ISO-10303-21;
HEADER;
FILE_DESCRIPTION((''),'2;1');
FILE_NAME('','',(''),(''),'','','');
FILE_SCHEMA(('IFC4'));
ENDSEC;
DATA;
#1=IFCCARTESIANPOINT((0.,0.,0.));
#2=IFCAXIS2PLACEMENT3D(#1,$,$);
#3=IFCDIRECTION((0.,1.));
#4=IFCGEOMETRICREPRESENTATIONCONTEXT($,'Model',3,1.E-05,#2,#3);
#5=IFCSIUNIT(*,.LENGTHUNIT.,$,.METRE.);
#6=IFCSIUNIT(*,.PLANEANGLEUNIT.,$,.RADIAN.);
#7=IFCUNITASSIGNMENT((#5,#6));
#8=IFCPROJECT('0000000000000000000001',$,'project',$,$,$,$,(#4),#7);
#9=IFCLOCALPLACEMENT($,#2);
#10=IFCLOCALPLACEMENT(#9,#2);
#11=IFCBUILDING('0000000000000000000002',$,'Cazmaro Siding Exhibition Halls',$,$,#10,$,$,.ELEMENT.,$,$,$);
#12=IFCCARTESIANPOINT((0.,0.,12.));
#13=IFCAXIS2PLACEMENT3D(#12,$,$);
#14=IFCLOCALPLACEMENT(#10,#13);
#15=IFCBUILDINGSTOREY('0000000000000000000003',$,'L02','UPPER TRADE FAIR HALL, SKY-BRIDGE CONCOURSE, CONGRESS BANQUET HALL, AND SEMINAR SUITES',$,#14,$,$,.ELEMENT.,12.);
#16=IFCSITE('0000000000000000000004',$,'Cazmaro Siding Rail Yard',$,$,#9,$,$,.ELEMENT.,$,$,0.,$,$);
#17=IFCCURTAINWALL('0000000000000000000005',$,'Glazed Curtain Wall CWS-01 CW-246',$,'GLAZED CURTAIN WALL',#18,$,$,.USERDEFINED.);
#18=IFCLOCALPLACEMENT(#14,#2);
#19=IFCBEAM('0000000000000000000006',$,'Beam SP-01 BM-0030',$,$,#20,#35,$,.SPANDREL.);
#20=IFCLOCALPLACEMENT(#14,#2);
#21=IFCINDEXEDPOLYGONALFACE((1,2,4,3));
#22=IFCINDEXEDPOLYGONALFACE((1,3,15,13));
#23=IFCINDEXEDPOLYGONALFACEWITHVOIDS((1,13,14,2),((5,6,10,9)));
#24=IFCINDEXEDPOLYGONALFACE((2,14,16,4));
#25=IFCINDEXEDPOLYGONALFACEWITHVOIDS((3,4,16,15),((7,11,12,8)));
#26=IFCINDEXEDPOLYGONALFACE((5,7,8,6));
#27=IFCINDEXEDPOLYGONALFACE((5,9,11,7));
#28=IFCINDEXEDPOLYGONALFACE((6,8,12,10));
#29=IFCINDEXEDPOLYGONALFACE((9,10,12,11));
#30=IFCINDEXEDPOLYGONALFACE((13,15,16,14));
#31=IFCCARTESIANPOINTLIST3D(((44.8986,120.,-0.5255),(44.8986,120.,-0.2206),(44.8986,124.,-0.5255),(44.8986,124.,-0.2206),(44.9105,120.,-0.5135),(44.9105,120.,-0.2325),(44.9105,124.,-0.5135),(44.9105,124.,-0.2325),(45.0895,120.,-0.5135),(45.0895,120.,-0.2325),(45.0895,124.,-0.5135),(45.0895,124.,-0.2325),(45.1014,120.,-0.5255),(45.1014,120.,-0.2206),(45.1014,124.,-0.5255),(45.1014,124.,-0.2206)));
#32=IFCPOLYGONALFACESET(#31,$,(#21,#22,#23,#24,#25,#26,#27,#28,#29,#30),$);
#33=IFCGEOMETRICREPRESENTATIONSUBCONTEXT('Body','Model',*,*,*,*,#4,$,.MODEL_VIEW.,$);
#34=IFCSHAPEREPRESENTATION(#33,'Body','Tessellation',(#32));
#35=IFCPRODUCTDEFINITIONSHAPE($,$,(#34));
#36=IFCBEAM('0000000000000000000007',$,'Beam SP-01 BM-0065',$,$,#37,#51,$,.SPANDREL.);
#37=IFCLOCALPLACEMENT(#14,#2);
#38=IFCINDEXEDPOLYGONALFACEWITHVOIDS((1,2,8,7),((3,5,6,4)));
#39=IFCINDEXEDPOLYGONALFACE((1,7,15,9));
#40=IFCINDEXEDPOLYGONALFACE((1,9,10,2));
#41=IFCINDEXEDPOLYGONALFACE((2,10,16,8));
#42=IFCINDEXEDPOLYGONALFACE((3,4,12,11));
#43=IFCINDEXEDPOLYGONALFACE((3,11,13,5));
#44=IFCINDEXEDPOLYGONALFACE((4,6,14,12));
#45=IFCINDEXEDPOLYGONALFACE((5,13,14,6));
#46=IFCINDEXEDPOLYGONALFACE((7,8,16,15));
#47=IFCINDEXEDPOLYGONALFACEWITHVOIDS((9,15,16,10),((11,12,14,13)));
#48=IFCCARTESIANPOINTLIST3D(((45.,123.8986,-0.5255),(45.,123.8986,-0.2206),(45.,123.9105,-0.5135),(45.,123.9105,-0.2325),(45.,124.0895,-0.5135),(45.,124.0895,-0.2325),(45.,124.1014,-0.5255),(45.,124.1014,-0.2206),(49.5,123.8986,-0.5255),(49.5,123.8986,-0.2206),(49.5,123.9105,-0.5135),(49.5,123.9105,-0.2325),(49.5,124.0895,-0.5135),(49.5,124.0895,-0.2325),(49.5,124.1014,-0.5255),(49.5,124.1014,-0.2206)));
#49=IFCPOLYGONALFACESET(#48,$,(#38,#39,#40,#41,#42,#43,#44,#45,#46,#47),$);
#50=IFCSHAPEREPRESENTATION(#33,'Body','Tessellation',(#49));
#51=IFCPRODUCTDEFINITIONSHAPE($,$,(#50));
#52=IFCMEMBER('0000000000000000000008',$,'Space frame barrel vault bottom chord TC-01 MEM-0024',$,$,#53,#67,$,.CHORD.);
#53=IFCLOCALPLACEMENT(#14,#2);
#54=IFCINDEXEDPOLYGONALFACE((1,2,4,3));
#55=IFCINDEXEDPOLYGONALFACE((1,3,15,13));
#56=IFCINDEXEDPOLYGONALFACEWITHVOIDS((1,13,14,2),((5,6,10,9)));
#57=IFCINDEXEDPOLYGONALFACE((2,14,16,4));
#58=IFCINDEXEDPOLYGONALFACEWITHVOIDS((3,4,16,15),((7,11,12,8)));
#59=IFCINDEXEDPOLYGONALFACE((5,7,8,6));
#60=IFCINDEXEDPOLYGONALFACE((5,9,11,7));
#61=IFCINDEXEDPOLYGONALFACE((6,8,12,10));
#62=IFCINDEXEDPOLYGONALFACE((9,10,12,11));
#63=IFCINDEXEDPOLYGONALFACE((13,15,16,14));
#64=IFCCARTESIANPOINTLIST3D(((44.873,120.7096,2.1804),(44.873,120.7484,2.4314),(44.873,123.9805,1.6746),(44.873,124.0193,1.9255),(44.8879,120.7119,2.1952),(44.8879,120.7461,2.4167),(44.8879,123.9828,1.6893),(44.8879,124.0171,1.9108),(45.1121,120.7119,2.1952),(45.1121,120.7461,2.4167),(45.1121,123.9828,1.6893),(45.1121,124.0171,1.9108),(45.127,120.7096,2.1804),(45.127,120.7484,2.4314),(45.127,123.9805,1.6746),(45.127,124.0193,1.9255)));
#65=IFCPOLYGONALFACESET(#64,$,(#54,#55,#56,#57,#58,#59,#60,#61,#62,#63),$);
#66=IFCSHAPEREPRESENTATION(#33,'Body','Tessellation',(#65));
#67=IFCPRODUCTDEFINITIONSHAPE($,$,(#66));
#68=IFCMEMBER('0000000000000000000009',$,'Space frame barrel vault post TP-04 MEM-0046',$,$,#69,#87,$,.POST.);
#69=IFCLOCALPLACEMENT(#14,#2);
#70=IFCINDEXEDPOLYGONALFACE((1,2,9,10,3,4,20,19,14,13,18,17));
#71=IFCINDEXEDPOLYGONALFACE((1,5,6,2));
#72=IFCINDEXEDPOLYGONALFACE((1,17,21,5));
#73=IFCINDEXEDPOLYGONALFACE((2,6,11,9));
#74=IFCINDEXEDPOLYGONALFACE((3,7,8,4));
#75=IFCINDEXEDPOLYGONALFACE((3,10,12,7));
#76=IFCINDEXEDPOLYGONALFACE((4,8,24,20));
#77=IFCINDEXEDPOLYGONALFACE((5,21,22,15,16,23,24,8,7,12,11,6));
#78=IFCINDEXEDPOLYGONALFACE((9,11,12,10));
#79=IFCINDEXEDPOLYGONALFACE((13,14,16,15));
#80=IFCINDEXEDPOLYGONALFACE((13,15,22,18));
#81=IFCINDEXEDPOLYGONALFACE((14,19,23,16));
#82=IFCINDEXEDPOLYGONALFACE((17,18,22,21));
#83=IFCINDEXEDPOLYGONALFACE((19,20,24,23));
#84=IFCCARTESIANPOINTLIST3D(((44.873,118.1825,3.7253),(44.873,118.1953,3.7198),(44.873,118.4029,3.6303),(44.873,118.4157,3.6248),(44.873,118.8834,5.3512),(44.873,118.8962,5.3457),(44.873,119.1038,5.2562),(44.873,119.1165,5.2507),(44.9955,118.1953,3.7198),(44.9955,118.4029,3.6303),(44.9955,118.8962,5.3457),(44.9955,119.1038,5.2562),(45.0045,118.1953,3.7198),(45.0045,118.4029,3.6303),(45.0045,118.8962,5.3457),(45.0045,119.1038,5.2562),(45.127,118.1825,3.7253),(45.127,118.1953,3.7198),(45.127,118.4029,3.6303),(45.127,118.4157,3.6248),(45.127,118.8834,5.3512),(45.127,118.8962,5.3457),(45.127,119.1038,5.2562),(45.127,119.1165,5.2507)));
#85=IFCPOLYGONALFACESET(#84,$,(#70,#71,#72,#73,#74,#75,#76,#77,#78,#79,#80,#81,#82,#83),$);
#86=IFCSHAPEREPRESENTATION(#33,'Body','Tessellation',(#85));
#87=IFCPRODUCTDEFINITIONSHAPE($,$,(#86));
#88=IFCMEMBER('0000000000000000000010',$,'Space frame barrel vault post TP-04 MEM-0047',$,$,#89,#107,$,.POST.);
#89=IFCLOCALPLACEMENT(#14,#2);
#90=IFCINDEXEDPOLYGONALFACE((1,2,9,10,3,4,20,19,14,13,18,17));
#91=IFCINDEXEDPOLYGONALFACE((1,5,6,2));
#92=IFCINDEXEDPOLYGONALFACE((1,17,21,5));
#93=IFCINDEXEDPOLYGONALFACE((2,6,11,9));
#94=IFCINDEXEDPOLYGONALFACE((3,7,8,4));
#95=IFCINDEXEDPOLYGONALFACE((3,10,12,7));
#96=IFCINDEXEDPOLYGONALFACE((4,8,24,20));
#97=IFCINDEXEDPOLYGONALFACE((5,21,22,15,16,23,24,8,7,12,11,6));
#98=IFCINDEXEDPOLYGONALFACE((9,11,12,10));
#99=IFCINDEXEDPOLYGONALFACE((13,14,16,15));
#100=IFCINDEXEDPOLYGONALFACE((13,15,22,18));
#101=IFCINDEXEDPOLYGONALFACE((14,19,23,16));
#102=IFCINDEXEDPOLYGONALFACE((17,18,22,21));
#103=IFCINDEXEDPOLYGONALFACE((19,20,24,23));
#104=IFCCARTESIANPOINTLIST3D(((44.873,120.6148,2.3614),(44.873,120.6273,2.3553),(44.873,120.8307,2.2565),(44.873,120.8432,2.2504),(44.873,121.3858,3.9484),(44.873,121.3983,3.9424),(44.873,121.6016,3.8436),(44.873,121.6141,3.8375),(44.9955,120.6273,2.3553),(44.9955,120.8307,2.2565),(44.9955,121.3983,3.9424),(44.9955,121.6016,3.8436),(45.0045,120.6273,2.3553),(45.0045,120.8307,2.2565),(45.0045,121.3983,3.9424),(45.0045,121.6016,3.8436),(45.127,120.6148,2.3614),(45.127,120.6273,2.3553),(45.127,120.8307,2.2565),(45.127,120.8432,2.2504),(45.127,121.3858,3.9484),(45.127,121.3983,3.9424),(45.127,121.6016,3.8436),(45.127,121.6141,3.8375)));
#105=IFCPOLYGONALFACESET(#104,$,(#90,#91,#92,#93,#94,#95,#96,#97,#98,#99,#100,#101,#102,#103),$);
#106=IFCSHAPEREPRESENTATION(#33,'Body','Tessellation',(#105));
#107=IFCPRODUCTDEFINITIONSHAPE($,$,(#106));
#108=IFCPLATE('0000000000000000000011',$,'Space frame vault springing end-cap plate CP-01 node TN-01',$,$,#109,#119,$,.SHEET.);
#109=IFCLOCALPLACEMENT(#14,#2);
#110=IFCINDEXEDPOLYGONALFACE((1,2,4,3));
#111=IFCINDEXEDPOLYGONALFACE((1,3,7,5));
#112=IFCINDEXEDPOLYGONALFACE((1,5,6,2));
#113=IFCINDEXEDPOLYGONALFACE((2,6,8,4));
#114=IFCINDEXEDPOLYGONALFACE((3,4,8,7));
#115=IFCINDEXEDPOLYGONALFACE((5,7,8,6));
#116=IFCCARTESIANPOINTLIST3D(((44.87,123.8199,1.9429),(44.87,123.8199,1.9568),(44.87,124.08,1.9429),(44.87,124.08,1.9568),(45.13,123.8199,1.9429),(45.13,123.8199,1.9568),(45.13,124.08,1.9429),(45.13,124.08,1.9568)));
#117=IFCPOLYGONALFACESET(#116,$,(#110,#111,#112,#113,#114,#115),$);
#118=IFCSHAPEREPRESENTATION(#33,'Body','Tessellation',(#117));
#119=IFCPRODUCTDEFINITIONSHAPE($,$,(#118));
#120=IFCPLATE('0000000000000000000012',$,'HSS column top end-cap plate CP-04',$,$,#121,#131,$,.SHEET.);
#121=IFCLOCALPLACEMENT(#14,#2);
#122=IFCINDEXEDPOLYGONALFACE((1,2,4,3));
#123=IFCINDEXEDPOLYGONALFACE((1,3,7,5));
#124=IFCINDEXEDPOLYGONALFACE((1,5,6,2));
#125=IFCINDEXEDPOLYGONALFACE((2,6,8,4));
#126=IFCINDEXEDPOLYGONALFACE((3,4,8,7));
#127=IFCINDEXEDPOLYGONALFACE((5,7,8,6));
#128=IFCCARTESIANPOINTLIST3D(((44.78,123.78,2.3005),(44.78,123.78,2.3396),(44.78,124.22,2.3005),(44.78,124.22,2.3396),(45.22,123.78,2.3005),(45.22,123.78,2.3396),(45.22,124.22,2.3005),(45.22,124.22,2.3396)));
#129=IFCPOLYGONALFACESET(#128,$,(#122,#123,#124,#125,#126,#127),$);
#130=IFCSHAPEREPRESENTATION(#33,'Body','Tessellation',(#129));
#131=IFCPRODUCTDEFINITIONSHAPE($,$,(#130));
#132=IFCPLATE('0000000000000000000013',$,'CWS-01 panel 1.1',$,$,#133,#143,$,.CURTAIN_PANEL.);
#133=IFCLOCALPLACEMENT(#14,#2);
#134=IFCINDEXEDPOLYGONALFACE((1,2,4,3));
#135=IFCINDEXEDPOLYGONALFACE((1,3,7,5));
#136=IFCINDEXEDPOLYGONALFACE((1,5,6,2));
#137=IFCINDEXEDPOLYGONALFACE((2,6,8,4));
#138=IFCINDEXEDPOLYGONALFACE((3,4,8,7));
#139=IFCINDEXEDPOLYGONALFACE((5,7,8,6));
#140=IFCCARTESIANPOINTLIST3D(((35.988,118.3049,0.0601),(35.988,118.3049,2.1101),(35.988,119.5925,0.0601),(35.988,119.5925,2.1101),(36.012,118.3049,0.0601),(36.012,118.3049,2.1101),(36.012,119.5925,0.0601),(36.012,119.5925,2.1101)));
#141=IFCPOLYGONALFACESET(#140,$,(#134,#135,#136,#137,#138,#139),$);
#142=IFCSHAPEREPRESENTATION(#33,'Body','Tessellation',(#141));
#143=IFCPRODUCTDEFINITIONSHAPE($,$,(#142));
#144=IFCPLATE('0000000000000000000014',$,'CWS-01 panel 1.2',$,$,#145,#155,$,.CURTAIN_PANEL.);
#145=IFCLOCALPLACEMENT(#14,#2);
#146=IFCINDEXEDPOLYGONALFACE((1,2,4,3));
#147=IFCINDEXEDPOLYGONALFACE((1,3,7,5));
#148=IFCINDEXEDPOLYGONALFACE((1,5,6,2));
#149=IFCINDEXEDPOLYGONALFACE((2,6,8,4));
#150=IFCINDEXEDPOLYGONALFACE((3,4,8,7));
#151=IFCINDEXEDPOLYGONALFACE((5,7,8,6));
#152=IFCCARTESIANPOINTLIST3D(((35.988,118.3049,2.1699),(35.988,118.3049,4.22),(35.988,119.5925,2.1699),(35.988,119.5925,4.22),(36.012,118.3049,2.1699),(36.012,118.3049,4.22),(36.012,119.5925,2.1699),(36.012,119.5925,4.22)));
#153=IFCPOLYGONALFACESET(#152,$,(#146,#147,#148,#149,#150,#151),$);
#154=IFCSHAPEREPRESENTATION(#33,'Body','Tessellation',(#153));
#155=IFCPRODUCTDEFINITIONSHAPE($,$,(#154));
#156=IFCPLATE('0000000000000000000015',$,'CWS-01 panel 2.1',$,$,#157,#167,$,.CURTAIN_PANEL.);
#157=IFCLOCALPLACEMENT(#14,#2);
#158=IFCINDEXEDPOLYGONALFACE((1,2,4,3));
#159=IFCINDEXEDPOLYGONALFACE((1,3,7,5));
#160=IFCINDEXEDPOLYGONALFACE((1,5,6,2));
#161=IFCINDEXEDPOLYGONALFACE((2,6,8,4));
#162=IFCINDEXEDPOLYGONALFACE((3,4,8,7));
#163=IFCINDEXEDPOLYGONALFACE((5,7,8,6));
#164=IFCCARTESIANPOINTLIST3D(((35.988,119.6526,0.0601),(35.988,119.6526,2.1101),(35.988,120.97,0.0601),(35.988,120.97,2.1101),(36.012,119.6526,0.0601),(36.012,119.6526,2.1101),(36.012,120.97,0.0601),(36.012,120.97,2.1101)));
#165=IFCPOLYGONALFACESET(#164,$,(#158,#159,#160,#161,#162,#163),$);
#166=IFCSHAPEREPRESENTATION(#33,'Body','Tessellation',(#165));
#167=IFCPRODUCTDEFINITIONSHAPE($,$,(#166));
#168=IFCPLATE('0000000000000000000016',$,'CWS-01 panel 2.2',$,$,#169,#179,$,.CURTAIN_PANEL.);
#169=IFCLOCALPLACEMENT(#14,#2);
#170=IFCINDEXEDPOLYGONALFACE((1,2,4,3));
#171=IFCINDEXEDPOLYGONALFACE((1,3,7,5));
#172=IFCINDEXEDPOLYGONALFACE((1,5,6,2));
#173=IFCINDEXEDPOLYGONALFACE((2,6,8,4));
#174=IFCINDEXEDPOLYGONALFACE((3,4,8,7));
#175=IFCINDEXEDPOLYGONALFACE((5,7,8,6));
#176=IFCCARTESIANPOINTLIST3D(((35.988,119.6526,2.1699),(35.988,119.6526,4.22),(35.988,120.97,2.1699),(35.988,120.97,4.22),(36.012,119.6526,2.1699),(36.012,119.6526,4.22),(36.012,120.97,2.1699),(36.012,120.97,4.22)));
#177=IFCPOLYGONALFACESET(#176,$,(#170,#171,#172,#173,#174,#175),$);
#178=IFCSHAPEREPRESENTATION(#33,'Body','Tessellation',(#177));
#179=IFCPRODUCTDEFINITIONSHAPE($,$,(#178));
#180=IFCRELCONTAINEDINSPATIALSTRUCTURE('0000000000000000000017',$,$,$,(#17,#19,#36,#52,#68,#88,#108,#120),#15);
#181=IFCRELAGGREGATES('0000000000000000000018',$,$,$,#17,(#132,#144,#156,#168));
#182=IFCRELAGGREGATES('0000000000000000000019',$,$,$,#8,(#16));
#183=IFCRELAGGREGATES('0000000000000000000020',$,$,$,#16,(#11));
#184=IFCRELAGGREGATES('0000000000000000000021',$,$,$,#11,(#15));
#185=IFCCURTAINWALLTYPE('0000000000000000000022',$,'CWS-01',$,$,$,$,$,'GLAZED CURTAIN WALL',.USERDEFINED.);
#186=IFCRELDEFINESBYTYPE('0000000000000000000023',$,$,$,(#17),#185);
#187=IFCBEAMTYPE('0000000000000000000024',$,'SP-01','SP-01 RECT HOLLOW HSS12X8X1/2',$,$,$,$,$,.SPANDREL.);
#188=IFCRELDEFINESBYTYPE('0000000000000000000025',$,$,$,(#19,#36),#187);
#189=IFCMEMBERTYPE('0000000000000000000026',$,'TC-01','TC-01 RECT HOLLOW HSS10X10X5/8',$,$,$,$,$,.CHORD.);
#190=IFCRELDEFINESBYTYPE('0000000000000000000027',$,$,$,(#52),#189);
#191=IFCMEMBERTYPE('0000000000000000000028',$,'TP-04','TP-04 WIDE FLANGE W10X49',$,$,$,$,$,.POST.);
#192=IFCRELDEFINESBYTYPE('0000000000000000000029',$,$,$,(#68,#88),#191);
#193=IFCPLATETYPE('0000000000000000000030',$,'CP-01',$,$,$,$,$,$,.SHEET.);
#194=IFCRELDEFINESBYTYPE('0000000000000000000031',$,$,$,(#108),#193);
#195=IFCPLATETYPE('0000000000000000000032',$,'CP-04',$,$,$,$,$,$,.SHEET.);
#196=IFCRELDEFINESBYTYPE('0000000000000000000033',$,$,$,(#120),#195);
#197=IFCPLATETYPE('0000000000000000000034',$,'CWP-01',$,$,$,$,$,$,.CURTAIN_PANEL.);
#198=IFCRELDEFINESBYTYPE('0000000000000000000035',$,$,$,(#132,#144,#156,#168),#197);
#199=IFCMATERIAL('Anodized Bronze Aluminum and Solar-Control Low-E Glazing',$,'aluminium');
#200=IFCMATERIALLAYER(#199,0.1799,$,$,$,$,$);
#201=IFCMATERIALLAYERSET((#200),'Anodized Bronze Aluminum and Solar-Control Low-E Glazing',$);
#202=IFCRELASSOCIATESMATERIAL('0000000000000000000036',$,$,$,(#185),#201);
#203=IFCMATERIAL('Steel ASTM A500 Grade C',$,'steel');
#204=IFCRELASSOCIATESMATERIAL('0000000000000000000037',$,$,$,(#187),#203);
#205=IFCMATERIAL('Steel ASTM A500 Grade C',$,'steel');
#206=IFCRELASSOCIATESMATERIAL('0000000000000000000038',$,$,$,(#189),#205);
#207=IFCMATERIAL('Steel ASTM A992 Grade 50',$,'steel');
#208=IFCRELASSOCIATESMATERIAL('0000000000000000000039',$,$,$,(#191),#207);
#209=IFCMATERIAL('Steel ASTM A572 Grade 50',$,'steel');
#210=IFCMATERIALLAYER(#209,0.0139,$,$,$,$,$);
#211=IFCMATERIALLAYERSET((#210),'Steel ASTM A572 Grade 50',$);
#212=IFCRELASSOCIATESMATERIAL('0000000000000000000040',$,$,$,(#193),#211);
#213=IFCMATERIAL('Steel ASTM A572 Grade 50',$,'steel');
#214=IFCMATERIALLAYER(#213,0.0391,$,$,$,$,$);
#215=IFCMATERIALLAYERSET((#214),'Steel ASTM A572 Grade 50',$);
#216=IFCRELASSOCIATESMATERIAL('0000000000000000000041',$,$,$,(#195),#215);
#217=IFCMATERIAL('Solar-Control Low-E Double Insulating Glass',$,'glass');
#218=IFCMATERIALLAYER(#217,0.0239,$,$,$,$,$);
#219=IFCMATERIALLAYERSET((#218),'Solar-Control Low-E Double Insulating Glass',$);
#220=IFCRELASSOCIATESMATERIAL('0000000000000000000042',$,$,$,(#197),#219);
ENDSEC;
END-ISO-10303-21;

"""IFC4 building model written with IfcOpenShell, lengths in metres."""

from ifc_helpers import new_model, si_unit, direction, frame, origin, origin_2d, place, context, subcontext, project, spatial, rectangle, hollow_rectangle, i_section, extrude, material, layer, layer_set, material_profile, profile_set, type_object, element, aggregate, save


model = new_model("IFC4")

# Units and contexts
model_context = context("Model", 3, precision=1e-05, world=origin(), true_north=direction((0.0, 1.0)))
body_context = subcontext(model_context, "Body", "Model", "MODEL_VIEW")
ifc_project = project(units=[si_unit("LENGTHUNIT", "METRE"), si_unit("PLANEANGLEUNIT", "RADIAN")], contexts=[model_context])

# Site, building, storey
site_placement = place(None, origin())
site = spatial("IfcSite", under=ifc_project, at=site_placement, Name="Cazmaro Siding Rail Yard", CompositionType="ELEMENT", RefElevation=0.0)
building_placement = place(site_placement, origin())
building = spatial("IfcBuilding", under=site, at=building_placement, Name="Cazmaro Siding Exhibition Halls", CompositionType="ELEMENT")
storey_placement = place(building_placement, frame((0.0, 0.0, 12.0)))
storey = spatial("IfcBuildingStorey", under=building, at=storey_placement, Name="L02", Description="UPPER TRADE FAIR HALL, SKY-BRIDGE CONCOURSE, CONGRESS BANQUET HALL, AND SEMINAR SUITES", CompositionType="ELEMENT", Elevation=12.0)

# Curtain wall
ifc_material_1 = material(Name="Anodized Bronze Aluminum and Solar-Control Low-E Glazing", Category="aluminium")
ifc_layer_1 = layer(ifc_material_1, 0.1799)
ifc_layer_set_1 = layer_set([ifc_layer_1], Name="Anodized Bronze Aluminum and Solar-Control Low-E Glazing")
curtain_wall_type = type_object("IfcCurtainWallType", Name="CWS-01", ElementType="GLAZED CURTAIN WALL", PredefinedType="USERDEFINED", material=ifc_layer_set_1)
curtain_wall_placement = place(storey_placement, origin())
curtain_wall = element("IfcCurtainWall", 1, at=curtain_wall_placement, inside=storey, type_object=curtain_wall_type, Name="Glazed Curtain Wall CWS-01 CW-246", ObjectType="GLAZED CURTAIN WALL", PredefinedType="USERDEFINED")

# Beams
ifc_material_2 = material(Name="Steel ASTM A500 Grade C", Category="steel")
ifc_material_profile_1 = material_profile(ifc_material_2, hollow_rectangle(XDim=0.2029, YDim=0.3049, WallThickness=0.012, at=origin_2d()), Name="HSS12X8X1/2")
ifc_profile_set_1 = profile_set([ifc_material_profile_1], Name="Steel ASTM A500 Grade C")
beam_type_1 = type_object("IfcBeamType", Name="SP-01", Description="SP-01 RECT HOLLOW HSS12X8X1/2", PredefinedType="SPANDREL", material=ifc_profile_set_1)
beam_1_placement = place(storey_placement, frame((45.0, 120.0, -0.373), z_axis=(0.0, 1.0, 0.0), x_axis=(-1.0, 0.0, 0.0)))
element("IfcBeam", 2, at=beam_1_placement, inside=storey, type_object=beam_type_1, Name="Beam SP-01 BM-0030", PredefinedType="SPANDREL", context=body_context, shape_type="SweptSolid", body=[
    extrude(hollow_rectangle(XDim=0.2029, YDim=0.3049, WallThickness=0.012, at=origin_2d()), origin(), (0.0, 0.0, 1.0), 4.0),
])
beam_2_placement = place(storey_placement, frame((45.0, 124.0, -0.373), z_axis=(1.0, 0.0, 0.0), x_axis=(0.0, 1.0, 0.0)))
element("IfcBeam", 3, at=beam_2_placement, inside=storey, type_object=beam_type_1, Name="Beam SP-01 BM-0065", PredefinedType="SPANDREL", context=body_context, shape_type="SweptSolid", body=[
    extrude(hollow_rectangle(XDim=0.2029, YDim=0.3049, WallThickness=0.012, at=origin_2d()), origin(), (0.0, 0.0, 1.0), 4.5),
])

# Members
ifc_material_3 = material(Name="Steel ASTM A500 Grade C", Category="steel")
ifc_material_profile_2 = material_profile(ifc_material_3, hollow_rectangle(XDim=0.2539, YDim=0.2539, WallThickness=0.0149, at=origin_2d()), Name="HSS10X10X5/8")
ifc_profile_set_2 = profile_set([ifc_material_profile_2], Name="Steel ASTM A500 Grade C")
member_type_1 = type_object("IfcMemberType", Name="TC-01", Description="TC-01 RECT HOLLOW HSS10X10X5/8", PredefinedType="CHORD", material=ifc_profile_set_2)
member_1_placement = place(storey_placement, frame((45.0, 120.729, 2.3059), z_axis=(0.0, 0.988252, -0.152833), x_axis=(-1.0, 0.0, 0.0)))
element("IfcMember", 4, at=member_1_placement, inside=storey, type_object=member_type_1, Name="Space frame barrel vault bottom chord TC-01 MEM-0024", PredefinedType="CHORD", context=body_context, shape_type="SweptSolid", body=[
    extrude(hollow_rectangle(XDim=0.2539, YDim=0.2539, WallThickness=0.0149, at=origin_2d()), origin(), (0.0, 0.0, 1.0), 3.3098),
])
ifc_material_4 = material(Name="Steel ASTM A992 Grade 50", Category="steel")
ifc_material_profile_3 = material_profile(ifc_material_4, i_section(OverallWidth=0.2539, OverallDepth=0.2539, WebThickness=0.009, FlangeThickness=0.0139, at=origin_2d()), Name="W10X49")
ifc_profile_set_3 = profile_set([ifc_material_profile_3], Name="Steel ASTM A992 Grade 50")
member_type_2 = type_object("IfcMemberType", Name="TP-04", Description="TP-04 WIDE FLANGE W10X49", PredefinedType="POST", material=ifc_profile_set_3)
member_2_placement = place(storey_placement, frame((45.0, 118.2991, 3.675), z_axis=(0.0, 0.395865, 0.918309), x_axis=(-1.0, 0.0, 0.0)))
element("IfcMember", 5, at=member_2_placement, inside=storey, type_object=member_type_2, Name="Space frame barrel vault post TP-04 MEM-0046", PredefinedType="POST", context=body_context, shape_type="SweptSolid", body=[
    extrude(i_section(OverallWidth=0.2539, OverallDepth=0.2539, WebThickness=0.009, FlangeThickness=0.0139, at=origin_2d()), origin(), (0.0, 0.0, 1.0), 1.7705),
])
member_3_placement = place(storey_placement, frame((45.0, 120.729, 2.3059), z_axis=(0.0, 0.436946, 0.899488), x_axis=(-1.0, 0.0, 0.0)))
element("IfcMember", 6, at=member_3_placement, inside=storey, type_object=member_type_2, Name="Space frame barrel vault post TP-04 MEM-0047", PredefinedType="POST", context=body_context, shape_type="SweptSolid", body=[
    extrude(i_section(OverallWidth=0.2539, OverallDepth=0.2539, WebThickness=0.009, FlangeThickness=0.0139, at=origin_2d()), origin(), (0.0, 0.0, 1.0), 1.7644),
])

# Plates
ifc_material_5 = material(Name="Steel ASTM A572 Grade 50", Category="steel")
ifc_layer_2 = layer(ifc_material_5, 0.0139)
ifc_layer_set_2 = layer_set([ifc_layer_2], Name="Steel ASTM A572 Grade 50")
plate_type_1 = type_object("IfcPlateType", Name="CP-01", PredefinedType="SHEET", material=ifc_layer_set_2)
plate_1_placement = place(storey_placement, frame((45.0, 123.95, 1.9429), z_axis=(0.0, 0.0, 1.0), x_axis=(1.0, 0.0, 0.0)))
element("IfcPlate", 7, at=plate_1_placement, inside=storey, type_object=plate_type_1, Name="Space frame vault springing end-cap plate CP-01 node TN-01", PredefinedType="SHEET", context=body_context, shape_type="SweptSolid", body=[
    extrude(rectangle(XDim=0.26, YDim=0.26, at=origin_2d()), origin(), (0.0, 0.0, 1.0), 0.0139),
])
ifc_material_6 = material(Name="Steel ASTM A572 Grade 50", Category="steel")
ifc_layer_3 = layer(ifc_material_6, 0.0391)
ifc_layer_set_3 = layer_set([ifc_layer_3], Name="Steel ASTM A572 Grade 50")
plate_type_2 = type_object("IfcPlateType", Name="CP-04", PredefinedType="SHEET", material=ifc_layer_set_3)
plate_2_placement = place(storey_placement, frame((45.0, 124.0, 2.3005), z_axis=(0.0, 0.0, 1.0), x_axis=(1.0, 0.0, 0.0)))
element("IfcPlate", 8, at=plate_2_placement, inside=storey, type_object=plate_type_2, Name="HSS column top end-cap plate CP-04", PredefinedType="SHEET", context=body_context, shape_type="SweptSolid", body=[
    extrude(rectangle(XDim=0.4399, YDim=0.4399, at=origin_2d()), origin(), (0.0, 0.0, 1.0), 0.0391),
])

# Plates
ifc_material_7 = material(Name="Solar-Control Low-E Double Insulating Glass", Category="glass")
ifc_layer_4 = layer(ifc_material_7, 0.0239)
ifc_layer_set_4 = layer_set([ifc_layer_4], Name="Solar-Control Low-E Double Insulating Glass")
plate_type_3 = type_object("IfcPlateType", Name="CWP-01", PredefinedType="CURTAIN_PANEL", material=ifc_layer_set_4)
plate_3_placement = place(storey_placement, frame((36.0, 118.9487, 0.0601), z_axis=(0.0, 0.0, 1.0), x_axis=(0.0, 1.0, 0.0)))
plate_3 = element("IfcPlate", 9, at=plate_3_placement, type_object=plate_type_3, Name="CWS-01 panel 1.1", PredefinedType="CURTAIN_PANEL", context=body_context, shape_type="SweptSolid", body=[
    extrude(rectangle(XDim=1.2876, YDim=0.0239, at=origin_2d()), origin(), (0.0, 0.0, 1.0), 2.05),
])
plate_4_placement = place(storey_placement, frame((36.0, 118.9487, 2.1699), z_axis=(0.0, 0.0, 1.0), x_axis=(0.0, 1.0, 0.0)))
plate_4 = element("IfcPlate", 10, at=plate_4_placement, type_object=plate_type_3, Name="CWS-01 panel 1.2", PredefinedType="CURTAIN_PANEL", context=body_context, shape_type="SweptSolid", body=[
    extrude(rectangle(XDim=1.2876, YDim=0.0239, at=origin_2d()), origin(), (0.0, 0.0, 1.0), 2.05),
])
plate_5_placement = place(storey_placement, frame((36.0, 120.3113, 0.0601), z_axis=(0.0, 0.0, 1.0), x_axis=(0.0, 1.0, 0.0)))
plate_5 = element("IfcPlate", 11, at=plate_5_placement, type_object=plate_type_3, Name="CWS-01 panel 2.1", PredefinedType="CURTAIN_PANEL", context=body_context, shape_type="SweptSolid", body=[
    extrude(rectangle(XDim=1.3174, YDim=0.0239, at=origin_2d()), origin(), (0.0, 0.0, 1.0), 2.05),
])
plate_6_placement = place(storey_placement, frame((36.0, 120.3113, 2.1699), z_axis=(0.0, 0.0, 1.0), x_axis=(0.0, 1.0, 0.0)))
plate_6 = element("IfcPlate", 12, at=plate_6_placement, type_object=plate_type_3, Name="CWS-01 panel 2.2", PredefinedType="CURTAIN_PANEL", context=body_context, shape_type="SweptSolid", body=[
    extrude(rectangle(XDim=1.3174, YDim=0.0239, at=origin_2d()), origin(), (0.0, 0.0, 1.0), 2.05),
])
aggregate(curtain_wall, [plate_3, plate_4, plate_5, plate_6])

save(model, "model.ifc")
